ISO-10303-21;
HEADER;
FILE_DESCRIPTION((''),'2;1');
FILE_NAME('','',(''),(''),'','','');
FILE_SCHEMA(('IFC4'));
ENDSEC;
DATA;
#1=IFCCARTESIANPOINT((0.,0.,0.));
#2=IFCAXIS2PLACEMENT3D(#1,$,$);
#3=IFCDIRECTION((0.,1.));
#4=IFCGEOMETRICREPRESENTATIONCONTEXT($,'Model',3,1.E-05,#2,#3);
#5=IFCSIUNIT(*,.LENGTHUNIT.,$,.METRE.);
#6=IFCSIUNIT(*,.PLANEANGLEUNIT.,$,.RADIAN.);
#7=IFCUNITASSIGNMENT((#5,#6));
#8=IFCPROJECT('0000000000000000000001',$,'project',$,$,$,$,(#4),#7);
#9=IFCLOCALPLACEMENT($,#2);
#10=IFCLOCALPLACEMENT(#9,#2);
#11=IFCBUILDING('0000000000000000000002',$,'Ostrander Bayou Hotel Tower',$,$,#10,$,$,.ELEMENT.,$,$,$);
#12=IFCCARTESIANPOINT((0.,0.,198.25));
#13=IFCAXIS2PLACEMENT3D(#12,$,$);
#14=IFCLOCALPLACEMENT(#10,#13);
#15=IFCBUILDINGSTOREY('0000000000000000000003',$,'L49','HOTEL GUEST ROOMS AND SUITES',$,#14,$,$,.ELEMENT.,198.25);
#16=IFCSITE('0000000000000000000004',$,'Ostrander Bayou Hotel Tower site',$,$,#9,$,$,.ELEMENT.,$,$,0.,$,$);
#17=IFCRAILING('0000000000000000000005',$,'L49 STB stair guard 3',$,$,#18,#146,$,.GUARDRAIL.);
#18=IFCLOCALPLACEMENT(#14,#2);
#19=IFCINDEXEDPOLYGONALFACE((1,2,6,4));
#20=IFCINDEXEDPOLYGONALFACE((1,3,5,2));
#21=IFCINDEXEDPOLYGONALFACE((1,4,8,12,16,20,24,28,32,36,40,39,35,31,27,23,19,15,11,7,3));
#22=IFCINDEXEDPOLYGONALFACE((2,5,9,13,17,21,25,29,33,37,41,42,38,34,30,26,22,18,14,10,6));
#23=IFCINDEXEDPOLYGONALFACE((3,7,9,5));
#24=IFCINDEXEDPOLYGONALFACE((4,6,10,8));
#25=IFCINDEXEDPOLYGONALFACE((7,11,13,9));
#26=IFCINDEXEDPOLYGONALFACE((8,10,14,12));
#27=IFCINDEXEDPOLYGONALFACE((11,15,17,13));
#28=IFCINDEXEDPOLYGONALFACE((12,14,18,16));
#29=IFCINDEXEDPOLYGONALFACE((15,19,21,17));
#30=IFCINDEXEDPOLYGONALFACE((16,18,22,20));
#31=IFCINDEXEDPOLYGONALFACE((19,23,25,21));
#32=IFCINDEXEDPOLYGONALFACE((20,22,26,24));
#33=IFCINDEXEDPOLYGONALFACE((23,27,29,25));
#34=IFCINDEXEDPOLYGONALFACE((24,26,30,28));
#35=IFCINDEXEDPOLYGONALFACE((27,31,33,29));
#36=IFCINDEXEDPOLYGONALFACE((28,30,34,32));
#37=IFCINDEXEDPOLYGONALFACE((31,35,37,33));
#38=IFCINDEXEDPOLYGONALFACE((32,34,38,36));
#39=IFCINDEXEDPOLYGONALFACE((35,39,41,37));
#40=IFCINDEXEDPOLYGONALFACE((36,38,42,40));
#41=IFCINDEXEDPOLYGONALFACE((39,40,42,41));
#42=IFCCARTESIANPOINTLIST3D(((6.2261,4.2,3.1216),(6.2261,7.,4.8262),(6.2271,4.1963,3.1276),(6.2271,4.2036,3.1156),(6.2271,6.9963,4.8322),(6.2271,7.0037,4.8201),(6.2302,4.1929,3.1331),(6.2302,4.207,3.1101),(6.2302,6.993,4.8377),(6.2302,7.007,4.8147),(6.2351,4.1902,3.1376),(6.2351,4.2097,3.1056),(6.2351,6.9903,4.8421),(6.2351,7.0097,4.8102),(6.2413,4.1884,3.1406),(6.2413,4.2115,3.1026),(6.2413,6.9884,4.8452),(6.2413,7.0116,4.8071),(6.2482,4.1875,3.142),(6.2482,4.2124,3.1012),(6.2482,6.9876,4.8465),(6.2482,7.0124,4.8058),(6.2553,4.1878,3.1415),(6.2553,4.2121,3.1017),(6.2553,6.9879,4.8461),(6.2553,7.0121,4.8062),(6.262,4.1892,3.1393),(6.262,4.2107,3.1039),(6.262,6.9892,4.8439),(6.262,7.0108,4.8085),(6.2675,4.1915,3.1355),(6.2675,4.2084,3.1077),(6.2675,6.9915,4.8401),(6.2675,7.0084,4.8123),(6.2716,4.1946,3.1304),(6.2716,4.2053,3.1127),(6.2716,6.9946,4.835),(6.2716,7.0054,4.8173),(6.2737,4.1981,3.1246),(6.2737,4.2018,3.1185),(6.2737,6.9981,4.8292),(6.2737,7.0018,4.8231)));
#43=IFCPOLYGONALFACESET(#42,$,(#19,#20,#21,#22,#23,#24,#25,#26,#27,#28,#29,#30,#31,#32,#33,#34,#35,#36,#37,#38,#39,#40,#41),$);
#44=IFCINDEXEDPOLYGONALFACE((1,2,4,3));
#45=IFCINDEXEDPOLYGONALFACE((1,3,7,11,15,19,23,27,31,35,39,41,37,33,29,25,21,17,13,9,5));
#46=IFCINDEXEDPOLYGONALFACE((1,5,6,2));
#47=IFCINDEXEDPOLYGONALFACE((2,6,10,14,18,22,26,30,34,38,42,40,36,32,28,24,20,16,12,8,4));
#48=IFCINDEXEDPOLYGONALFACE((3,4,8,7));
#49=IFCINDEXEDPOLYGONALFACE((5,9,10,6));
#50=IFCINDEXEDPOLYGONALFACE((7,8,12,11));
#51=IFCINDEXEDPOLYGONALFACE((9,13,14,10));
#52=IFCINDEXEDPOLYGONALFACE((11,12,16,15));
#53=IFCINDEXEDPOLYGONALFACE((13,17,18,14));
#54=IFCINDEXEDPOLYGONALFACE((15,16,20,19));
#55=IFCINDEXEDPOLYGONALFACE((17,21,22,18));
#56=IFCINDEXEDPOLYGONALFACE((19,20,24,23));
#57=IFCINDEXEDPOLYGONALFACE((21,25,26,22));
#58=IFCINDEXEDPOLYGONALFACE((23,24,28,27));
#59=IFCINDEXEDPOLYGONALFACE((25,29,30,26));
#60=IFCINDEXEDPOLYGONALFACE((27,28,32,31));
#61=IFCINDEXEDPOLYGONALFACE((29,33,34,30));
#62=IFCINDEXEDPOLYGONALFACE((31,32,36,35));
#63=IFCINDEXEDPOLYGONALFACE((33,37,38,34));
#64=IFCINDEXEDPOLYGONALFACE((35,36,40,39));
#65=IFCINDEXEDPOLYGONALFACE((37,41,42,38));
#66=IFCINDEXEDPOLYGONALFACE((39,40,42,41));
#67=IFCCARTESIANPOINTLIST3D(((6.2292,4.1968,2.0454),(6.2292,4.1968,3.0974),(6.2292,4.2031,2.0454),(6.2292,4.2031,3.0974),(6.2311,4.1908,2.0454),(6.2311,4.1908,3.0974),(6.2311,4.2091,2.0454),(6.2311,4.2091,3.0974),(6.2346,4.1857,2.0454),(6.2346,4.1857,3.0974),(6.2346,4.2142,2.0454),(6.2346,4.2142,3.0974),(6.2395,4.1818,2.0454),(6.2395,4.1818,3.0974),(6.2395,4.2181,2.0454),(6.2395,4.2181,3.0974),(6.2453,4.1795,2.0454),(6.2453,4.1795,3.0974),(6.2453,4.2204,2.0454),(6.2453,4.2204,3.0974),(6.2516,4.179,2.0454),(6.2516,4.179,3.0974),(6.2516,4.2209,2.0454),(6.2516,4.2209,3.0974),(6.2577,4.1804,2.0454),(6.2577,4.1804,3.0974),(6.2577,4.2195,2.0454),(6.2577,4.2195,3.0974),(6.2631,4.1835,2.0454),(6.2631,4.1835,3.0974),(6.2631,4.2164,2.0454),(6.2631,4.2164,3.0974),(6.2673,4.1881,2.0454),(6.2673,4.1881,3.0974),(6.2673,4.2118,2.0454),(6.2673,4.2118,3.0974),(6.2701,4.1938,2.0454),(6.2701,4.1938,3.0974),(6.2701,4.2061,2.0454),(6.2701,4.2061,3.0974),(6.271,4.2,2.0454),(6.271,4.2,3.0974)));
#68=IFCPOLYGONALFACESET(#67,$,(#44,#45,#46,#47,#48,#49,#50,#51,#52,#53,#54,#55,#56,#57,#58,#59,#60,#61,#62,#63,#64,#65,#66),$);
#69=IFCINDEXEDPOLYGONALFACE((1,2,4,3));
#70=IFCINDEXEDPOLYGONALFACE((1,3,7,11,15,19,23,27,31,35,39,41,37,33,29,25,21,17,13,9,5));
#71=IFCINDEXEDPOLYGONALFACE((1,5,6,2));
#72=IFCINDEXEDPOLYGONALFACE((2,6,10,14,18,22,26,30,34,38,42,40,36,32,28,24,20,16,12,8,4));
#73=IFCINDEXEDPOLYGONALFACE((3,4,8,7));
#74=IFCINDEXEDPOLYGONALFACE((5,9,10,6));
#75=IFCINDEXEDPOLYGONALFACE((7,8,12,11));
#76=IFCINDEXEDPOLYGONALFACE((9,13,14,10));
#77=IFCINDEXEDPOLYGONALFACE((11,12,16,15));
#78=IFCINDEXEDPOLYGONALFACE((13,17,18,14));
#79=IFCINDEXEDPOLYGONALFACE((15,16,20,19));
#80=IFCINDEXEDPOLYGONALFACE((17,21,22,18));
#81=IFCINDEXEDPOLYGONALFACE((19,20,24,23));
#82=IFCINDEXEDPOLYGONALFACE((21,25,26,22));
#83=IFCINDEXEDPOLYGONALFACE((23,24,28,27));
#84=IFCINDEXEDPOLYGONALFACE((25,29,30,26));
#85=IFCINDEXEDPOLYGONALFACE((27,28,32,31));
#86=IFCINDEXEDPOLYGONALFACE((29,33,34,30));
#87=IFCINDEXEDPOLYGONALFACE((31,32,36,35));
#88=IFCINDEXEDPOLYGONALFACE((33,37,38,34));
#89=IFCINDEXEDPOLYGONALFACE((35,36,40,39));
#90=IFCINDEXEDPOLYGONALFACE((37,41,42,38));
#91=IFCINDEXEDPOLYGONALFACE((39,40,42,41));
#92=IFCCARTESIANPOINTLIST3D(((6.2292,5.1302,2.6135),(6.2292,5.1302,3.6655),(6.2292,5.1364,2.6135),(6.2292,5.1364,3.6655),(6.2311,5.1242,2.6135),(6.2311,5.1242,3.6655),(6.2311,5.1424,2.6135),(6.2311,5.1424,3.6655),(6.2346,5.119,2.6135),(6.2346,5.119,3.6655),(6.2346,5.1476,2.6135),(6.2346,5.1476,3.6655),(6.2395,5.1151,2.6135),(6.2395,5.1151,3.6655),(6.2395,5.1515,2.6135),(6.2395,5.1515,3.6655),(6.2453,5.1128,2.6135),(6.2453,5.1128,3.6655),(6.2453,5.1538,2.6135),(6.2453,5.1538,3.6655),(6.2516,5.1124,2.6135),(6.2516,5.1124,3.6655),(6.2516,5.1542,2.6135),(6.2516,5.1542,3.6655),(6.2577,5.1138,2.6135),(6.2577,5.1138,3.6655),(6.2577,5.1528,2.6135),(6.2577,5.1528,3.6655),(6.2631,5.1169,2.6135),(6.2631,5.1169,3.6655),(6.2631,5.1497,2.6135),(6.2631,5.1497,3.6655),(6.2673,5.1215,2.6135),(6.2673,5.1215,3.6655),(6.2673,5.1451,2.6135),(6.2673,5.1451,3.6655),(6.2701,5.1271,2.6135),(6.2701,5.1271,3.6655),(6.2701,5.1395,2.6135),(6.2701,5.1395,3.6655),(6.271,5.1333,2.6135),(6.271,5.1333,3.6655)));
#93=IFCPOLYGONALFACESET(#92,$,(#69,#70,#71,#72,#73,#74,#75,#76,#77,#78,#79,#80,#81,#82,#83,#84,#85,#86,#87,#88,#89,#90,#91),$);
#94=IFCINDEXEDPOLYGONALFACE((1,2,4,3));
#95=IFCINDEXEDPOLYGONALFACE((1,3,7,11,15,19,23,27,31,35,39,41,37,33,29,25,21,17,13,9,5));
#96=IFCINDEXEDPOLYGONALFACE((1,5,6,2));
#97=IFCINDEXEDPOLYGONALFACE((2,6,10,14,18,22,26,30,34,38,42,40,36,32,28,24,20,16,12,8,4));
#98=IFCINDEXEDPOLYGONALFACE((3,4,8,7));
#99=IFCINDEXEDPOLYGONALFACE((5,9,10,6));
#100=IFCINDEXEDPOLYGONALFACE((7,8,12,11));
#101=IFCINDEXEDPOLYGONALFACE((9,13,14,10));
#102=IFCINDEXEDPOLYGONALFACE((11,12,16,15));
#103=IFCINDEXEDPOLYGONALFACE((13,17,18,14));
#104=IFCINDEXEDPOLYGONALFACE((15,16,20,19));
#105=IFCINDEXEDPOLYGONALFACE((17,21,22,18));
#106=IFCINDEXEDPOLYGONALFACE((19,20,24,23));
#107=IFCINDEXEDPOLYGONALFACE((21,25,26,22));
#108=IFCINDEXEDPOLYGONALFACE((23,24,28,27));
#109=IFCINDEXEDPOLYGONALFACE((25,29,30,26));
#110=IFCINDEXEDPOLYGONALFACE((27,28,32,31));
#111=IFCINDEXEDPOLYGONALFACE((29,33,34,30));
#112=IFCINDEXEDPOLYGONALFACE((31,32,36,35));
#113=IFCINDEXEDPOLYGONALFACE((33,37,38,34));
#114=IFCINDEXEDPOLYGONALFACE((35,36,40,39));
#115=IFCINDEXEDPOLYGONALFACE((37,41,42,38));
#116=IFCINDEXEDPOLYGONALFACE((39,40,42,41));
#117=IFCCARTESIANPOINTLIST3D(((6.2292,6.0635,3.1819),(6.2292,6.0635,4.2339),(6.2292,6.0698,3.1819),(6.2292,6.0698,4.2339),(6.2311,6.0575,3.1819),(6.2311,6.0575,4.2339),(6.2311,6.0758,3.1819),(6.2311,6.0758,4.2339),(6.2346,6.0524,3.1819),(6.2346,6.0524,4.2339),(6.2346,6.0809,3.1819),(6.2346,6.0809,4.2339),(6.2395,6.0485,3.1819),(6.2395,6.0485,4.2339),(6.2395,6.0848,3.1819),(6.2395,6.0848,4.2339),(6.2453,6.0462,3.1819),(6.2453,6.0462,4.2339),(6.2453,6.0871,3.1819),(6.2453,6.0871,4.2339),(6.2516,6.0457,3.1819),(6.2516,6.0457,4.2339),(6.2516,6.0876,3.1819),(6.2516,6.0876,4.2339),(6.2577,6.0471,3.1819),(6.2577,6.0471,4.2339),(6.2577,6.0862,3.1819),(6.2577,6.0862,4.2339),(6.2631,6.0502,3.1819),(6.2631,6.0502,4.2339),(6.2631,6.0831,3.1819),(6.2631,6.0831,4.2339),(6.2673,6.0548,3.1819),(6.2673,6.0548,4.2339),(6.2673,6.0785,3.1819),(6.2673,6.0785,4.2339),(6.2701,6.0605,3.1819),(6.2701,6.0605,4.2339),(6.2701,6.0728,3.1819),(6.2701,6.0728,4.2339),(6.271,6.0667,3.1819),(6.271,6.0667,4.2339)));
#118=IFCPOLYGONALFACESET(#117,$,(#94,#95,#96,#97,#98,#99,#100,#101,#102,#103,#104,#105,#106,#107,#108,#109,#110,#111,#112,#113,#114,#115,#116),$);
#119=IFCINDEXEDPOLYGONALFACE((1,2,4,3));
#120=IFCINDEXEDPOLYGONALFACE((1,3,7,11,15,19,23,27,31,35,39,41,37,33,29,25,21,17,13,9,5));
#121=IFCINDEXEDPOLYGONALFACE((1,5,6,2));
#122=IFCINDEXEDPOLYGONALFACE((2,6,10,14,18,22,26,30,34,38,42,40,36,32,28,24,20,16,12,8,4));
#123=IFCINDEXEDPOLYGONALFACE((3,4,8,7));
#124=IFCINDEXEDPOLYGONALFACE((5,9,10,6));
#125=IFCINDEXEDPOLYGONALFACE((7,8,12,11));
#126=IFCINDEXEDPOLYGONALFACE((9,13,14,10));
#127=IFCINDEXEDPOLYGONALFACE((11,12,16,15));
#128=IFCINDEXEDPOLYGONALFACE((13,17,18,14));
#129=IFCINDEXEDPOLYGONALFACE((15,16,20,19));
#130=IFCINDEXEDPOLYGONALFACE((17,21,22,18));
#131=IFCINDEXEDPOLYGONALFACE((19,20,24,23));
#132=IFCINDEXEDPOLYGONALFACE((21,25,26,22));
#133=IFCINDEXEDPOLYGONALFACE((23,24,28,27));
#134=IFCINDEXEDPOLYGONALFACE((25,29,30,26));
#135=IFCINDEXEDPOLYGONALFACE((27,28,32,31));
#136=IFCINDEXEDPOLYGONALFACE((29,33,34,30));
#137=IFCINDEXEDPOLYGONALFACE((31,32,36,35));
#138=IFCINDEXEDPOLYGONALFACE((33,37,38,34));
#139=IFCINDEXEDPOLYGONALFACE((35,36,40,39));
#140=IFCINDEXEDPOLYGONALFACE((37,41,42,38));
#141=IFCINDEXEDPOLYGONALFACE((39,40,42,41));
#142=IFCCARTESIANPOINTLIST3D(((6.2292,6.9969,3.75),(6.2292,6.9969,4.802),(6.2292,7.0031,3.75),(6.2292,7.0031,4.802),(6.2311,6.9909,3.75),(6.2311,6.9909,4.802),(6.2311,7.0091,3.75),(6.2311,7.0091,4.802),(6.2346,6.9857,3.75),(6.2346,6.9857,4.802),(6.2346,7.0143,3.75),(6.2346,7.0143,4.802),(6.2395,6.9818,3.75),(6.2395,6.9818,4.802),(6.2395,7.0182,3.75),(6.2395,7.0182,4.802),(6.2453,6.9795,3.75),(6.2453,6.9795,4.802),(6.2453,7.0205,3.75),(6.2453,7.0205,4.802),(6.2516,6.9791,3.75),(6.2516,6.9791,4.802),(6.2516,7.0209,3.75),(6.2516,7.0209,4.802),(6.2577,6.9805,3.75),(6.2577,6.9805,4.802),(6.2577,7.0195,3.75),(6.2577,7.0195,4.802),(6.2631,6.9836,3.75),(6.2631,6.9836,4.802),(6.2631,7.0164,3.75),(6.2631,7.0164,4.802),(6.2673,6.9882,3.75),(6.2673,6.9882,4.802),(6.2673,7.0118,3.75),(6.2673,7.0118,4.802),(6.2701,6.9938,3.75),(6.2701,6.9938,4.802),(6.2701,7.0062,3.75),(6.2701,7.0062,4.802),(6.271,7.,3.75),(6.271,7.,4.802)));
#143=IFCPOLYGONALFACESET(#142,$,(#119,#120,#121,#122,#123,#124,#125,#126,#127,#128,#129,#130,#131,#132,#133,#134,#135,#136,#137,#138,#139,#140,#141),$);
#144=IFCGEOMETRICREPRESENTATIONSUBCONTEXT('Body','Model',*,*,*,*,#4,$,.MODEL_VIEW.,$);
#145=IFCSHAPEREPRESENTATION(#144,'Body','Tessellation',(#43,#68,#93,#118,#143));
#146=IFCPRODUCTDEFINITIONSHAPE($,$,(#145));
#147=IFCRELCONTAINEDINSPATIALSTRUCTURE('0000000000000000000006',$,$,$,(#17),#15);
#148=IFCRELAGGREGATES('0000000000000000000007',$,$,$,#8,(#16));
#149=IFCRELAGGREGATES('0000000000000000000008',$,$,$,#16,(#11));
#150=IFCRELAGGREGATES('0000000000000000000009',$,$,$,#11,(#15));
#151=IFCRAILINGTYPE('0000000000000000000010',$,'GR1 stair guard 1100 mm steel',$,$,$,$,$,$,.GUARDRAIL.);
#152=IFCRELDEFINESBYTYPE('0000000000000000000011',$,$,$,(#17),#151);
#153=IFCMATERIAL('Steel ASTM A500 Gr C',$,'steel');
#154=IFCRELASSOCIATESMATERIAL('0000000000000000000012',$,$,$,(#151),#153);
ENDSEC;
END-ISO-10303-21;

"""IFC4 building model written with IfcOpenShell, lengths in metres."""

from ifc_helpers import new_model, si_unit, direction, frame, origin, origin_2d, place, context, subcontext, project, spatial, circle, extrude, material, type_object, element, save


model = new_model("IFC4")

# Units and contexts
model_context = context("Model", 3, precision=1e-05, world=origin(), true_north=direction((0.0, 1.0)))
body_context = subcontext(model_context, "Body", "Model", "MODEL_VIEW")
ifc_project = project(units=[si_unit("LENGTHUNIT", "METRE"), si_unit("PLANEANGLEUNIT", "RADIAN")], contexts=[model_context])

# Site, building, storey
site_placement = place(None, origin())
site = spatial("IfcSite", under=ifc_project, at=site_placement, Name="Ostrander Bayou Hotel Tower site", CompositionType="ELEMENT", RefElevation=0.0)
building_placement = place(site_placement, origin())
building = spatial("IfcBuilding", under=site, at=building_placement, Name="Ostrander Bayou Hotel Tower", CompositionType="ELEMENT")
storey_placement = place(building_placement, frame((0.0, 0.0, 198.25)))
storey = spatial("IfcBuildingStorey", under=building, at=storey_placement, Name="L49", Description="HOTEL GUEST ROOMS AND SUITES", CompositionType="ELEMENT", Elevation=198.25)

# Railing
ifc_material_1 = material(Name="Steel ASTM A500 Gr C", Category="steel")
railing_type_1 = type_object("IfcRailingType", Name="GR1 stair guard 1100 mm steel", PredefinedType="GUARDRAIL", material=ifc_material_1)
railing_1_placement = place(storey_placement, frame((6.25, 4.2, 2.0454)))
element("IfcRailing", 1, at=railing_1_placement, inside=storey, type_object=railing_type_1, Name="L49 STB stair guard 3", PredefinedType="GUARDRAIL", context=body_context, shape_type="SweptSolid", body=[
    extrude(circle(Radius=0.0239, at=origin_2d()), frame((0.0, 0.0, 1.0762), z_axis=(0.0, 0.85417, 0.519994), x_axis=(-1.0, 0.0, 0.0)), (0.0, 0.0, 1.0), 3.2781),
    extrude(circle(Radius=0.021, at=origin_2d()), origin(), (0.0, 0.0, 1.0), 1.052),
    extrude(circle(Radius=0.021, at=origin_2d()), frame((0.0, 0.9333, 0.5681)), (0.0, 0.0, 1.0), 1.052),
    extrude(circle(Radius=0.021, at=origin_2d()), frame((0.0, 1.8667, 1.1365)), (0.0, 0.0, 1.0), 1.052),
    extrude(circle(Radius=0.021, at=origin_2d()), frame((0.0, 2.8, 1.7046)), (0.0, 0.0, 1.0), 1.052),
])

save(model, "model.ifc")
